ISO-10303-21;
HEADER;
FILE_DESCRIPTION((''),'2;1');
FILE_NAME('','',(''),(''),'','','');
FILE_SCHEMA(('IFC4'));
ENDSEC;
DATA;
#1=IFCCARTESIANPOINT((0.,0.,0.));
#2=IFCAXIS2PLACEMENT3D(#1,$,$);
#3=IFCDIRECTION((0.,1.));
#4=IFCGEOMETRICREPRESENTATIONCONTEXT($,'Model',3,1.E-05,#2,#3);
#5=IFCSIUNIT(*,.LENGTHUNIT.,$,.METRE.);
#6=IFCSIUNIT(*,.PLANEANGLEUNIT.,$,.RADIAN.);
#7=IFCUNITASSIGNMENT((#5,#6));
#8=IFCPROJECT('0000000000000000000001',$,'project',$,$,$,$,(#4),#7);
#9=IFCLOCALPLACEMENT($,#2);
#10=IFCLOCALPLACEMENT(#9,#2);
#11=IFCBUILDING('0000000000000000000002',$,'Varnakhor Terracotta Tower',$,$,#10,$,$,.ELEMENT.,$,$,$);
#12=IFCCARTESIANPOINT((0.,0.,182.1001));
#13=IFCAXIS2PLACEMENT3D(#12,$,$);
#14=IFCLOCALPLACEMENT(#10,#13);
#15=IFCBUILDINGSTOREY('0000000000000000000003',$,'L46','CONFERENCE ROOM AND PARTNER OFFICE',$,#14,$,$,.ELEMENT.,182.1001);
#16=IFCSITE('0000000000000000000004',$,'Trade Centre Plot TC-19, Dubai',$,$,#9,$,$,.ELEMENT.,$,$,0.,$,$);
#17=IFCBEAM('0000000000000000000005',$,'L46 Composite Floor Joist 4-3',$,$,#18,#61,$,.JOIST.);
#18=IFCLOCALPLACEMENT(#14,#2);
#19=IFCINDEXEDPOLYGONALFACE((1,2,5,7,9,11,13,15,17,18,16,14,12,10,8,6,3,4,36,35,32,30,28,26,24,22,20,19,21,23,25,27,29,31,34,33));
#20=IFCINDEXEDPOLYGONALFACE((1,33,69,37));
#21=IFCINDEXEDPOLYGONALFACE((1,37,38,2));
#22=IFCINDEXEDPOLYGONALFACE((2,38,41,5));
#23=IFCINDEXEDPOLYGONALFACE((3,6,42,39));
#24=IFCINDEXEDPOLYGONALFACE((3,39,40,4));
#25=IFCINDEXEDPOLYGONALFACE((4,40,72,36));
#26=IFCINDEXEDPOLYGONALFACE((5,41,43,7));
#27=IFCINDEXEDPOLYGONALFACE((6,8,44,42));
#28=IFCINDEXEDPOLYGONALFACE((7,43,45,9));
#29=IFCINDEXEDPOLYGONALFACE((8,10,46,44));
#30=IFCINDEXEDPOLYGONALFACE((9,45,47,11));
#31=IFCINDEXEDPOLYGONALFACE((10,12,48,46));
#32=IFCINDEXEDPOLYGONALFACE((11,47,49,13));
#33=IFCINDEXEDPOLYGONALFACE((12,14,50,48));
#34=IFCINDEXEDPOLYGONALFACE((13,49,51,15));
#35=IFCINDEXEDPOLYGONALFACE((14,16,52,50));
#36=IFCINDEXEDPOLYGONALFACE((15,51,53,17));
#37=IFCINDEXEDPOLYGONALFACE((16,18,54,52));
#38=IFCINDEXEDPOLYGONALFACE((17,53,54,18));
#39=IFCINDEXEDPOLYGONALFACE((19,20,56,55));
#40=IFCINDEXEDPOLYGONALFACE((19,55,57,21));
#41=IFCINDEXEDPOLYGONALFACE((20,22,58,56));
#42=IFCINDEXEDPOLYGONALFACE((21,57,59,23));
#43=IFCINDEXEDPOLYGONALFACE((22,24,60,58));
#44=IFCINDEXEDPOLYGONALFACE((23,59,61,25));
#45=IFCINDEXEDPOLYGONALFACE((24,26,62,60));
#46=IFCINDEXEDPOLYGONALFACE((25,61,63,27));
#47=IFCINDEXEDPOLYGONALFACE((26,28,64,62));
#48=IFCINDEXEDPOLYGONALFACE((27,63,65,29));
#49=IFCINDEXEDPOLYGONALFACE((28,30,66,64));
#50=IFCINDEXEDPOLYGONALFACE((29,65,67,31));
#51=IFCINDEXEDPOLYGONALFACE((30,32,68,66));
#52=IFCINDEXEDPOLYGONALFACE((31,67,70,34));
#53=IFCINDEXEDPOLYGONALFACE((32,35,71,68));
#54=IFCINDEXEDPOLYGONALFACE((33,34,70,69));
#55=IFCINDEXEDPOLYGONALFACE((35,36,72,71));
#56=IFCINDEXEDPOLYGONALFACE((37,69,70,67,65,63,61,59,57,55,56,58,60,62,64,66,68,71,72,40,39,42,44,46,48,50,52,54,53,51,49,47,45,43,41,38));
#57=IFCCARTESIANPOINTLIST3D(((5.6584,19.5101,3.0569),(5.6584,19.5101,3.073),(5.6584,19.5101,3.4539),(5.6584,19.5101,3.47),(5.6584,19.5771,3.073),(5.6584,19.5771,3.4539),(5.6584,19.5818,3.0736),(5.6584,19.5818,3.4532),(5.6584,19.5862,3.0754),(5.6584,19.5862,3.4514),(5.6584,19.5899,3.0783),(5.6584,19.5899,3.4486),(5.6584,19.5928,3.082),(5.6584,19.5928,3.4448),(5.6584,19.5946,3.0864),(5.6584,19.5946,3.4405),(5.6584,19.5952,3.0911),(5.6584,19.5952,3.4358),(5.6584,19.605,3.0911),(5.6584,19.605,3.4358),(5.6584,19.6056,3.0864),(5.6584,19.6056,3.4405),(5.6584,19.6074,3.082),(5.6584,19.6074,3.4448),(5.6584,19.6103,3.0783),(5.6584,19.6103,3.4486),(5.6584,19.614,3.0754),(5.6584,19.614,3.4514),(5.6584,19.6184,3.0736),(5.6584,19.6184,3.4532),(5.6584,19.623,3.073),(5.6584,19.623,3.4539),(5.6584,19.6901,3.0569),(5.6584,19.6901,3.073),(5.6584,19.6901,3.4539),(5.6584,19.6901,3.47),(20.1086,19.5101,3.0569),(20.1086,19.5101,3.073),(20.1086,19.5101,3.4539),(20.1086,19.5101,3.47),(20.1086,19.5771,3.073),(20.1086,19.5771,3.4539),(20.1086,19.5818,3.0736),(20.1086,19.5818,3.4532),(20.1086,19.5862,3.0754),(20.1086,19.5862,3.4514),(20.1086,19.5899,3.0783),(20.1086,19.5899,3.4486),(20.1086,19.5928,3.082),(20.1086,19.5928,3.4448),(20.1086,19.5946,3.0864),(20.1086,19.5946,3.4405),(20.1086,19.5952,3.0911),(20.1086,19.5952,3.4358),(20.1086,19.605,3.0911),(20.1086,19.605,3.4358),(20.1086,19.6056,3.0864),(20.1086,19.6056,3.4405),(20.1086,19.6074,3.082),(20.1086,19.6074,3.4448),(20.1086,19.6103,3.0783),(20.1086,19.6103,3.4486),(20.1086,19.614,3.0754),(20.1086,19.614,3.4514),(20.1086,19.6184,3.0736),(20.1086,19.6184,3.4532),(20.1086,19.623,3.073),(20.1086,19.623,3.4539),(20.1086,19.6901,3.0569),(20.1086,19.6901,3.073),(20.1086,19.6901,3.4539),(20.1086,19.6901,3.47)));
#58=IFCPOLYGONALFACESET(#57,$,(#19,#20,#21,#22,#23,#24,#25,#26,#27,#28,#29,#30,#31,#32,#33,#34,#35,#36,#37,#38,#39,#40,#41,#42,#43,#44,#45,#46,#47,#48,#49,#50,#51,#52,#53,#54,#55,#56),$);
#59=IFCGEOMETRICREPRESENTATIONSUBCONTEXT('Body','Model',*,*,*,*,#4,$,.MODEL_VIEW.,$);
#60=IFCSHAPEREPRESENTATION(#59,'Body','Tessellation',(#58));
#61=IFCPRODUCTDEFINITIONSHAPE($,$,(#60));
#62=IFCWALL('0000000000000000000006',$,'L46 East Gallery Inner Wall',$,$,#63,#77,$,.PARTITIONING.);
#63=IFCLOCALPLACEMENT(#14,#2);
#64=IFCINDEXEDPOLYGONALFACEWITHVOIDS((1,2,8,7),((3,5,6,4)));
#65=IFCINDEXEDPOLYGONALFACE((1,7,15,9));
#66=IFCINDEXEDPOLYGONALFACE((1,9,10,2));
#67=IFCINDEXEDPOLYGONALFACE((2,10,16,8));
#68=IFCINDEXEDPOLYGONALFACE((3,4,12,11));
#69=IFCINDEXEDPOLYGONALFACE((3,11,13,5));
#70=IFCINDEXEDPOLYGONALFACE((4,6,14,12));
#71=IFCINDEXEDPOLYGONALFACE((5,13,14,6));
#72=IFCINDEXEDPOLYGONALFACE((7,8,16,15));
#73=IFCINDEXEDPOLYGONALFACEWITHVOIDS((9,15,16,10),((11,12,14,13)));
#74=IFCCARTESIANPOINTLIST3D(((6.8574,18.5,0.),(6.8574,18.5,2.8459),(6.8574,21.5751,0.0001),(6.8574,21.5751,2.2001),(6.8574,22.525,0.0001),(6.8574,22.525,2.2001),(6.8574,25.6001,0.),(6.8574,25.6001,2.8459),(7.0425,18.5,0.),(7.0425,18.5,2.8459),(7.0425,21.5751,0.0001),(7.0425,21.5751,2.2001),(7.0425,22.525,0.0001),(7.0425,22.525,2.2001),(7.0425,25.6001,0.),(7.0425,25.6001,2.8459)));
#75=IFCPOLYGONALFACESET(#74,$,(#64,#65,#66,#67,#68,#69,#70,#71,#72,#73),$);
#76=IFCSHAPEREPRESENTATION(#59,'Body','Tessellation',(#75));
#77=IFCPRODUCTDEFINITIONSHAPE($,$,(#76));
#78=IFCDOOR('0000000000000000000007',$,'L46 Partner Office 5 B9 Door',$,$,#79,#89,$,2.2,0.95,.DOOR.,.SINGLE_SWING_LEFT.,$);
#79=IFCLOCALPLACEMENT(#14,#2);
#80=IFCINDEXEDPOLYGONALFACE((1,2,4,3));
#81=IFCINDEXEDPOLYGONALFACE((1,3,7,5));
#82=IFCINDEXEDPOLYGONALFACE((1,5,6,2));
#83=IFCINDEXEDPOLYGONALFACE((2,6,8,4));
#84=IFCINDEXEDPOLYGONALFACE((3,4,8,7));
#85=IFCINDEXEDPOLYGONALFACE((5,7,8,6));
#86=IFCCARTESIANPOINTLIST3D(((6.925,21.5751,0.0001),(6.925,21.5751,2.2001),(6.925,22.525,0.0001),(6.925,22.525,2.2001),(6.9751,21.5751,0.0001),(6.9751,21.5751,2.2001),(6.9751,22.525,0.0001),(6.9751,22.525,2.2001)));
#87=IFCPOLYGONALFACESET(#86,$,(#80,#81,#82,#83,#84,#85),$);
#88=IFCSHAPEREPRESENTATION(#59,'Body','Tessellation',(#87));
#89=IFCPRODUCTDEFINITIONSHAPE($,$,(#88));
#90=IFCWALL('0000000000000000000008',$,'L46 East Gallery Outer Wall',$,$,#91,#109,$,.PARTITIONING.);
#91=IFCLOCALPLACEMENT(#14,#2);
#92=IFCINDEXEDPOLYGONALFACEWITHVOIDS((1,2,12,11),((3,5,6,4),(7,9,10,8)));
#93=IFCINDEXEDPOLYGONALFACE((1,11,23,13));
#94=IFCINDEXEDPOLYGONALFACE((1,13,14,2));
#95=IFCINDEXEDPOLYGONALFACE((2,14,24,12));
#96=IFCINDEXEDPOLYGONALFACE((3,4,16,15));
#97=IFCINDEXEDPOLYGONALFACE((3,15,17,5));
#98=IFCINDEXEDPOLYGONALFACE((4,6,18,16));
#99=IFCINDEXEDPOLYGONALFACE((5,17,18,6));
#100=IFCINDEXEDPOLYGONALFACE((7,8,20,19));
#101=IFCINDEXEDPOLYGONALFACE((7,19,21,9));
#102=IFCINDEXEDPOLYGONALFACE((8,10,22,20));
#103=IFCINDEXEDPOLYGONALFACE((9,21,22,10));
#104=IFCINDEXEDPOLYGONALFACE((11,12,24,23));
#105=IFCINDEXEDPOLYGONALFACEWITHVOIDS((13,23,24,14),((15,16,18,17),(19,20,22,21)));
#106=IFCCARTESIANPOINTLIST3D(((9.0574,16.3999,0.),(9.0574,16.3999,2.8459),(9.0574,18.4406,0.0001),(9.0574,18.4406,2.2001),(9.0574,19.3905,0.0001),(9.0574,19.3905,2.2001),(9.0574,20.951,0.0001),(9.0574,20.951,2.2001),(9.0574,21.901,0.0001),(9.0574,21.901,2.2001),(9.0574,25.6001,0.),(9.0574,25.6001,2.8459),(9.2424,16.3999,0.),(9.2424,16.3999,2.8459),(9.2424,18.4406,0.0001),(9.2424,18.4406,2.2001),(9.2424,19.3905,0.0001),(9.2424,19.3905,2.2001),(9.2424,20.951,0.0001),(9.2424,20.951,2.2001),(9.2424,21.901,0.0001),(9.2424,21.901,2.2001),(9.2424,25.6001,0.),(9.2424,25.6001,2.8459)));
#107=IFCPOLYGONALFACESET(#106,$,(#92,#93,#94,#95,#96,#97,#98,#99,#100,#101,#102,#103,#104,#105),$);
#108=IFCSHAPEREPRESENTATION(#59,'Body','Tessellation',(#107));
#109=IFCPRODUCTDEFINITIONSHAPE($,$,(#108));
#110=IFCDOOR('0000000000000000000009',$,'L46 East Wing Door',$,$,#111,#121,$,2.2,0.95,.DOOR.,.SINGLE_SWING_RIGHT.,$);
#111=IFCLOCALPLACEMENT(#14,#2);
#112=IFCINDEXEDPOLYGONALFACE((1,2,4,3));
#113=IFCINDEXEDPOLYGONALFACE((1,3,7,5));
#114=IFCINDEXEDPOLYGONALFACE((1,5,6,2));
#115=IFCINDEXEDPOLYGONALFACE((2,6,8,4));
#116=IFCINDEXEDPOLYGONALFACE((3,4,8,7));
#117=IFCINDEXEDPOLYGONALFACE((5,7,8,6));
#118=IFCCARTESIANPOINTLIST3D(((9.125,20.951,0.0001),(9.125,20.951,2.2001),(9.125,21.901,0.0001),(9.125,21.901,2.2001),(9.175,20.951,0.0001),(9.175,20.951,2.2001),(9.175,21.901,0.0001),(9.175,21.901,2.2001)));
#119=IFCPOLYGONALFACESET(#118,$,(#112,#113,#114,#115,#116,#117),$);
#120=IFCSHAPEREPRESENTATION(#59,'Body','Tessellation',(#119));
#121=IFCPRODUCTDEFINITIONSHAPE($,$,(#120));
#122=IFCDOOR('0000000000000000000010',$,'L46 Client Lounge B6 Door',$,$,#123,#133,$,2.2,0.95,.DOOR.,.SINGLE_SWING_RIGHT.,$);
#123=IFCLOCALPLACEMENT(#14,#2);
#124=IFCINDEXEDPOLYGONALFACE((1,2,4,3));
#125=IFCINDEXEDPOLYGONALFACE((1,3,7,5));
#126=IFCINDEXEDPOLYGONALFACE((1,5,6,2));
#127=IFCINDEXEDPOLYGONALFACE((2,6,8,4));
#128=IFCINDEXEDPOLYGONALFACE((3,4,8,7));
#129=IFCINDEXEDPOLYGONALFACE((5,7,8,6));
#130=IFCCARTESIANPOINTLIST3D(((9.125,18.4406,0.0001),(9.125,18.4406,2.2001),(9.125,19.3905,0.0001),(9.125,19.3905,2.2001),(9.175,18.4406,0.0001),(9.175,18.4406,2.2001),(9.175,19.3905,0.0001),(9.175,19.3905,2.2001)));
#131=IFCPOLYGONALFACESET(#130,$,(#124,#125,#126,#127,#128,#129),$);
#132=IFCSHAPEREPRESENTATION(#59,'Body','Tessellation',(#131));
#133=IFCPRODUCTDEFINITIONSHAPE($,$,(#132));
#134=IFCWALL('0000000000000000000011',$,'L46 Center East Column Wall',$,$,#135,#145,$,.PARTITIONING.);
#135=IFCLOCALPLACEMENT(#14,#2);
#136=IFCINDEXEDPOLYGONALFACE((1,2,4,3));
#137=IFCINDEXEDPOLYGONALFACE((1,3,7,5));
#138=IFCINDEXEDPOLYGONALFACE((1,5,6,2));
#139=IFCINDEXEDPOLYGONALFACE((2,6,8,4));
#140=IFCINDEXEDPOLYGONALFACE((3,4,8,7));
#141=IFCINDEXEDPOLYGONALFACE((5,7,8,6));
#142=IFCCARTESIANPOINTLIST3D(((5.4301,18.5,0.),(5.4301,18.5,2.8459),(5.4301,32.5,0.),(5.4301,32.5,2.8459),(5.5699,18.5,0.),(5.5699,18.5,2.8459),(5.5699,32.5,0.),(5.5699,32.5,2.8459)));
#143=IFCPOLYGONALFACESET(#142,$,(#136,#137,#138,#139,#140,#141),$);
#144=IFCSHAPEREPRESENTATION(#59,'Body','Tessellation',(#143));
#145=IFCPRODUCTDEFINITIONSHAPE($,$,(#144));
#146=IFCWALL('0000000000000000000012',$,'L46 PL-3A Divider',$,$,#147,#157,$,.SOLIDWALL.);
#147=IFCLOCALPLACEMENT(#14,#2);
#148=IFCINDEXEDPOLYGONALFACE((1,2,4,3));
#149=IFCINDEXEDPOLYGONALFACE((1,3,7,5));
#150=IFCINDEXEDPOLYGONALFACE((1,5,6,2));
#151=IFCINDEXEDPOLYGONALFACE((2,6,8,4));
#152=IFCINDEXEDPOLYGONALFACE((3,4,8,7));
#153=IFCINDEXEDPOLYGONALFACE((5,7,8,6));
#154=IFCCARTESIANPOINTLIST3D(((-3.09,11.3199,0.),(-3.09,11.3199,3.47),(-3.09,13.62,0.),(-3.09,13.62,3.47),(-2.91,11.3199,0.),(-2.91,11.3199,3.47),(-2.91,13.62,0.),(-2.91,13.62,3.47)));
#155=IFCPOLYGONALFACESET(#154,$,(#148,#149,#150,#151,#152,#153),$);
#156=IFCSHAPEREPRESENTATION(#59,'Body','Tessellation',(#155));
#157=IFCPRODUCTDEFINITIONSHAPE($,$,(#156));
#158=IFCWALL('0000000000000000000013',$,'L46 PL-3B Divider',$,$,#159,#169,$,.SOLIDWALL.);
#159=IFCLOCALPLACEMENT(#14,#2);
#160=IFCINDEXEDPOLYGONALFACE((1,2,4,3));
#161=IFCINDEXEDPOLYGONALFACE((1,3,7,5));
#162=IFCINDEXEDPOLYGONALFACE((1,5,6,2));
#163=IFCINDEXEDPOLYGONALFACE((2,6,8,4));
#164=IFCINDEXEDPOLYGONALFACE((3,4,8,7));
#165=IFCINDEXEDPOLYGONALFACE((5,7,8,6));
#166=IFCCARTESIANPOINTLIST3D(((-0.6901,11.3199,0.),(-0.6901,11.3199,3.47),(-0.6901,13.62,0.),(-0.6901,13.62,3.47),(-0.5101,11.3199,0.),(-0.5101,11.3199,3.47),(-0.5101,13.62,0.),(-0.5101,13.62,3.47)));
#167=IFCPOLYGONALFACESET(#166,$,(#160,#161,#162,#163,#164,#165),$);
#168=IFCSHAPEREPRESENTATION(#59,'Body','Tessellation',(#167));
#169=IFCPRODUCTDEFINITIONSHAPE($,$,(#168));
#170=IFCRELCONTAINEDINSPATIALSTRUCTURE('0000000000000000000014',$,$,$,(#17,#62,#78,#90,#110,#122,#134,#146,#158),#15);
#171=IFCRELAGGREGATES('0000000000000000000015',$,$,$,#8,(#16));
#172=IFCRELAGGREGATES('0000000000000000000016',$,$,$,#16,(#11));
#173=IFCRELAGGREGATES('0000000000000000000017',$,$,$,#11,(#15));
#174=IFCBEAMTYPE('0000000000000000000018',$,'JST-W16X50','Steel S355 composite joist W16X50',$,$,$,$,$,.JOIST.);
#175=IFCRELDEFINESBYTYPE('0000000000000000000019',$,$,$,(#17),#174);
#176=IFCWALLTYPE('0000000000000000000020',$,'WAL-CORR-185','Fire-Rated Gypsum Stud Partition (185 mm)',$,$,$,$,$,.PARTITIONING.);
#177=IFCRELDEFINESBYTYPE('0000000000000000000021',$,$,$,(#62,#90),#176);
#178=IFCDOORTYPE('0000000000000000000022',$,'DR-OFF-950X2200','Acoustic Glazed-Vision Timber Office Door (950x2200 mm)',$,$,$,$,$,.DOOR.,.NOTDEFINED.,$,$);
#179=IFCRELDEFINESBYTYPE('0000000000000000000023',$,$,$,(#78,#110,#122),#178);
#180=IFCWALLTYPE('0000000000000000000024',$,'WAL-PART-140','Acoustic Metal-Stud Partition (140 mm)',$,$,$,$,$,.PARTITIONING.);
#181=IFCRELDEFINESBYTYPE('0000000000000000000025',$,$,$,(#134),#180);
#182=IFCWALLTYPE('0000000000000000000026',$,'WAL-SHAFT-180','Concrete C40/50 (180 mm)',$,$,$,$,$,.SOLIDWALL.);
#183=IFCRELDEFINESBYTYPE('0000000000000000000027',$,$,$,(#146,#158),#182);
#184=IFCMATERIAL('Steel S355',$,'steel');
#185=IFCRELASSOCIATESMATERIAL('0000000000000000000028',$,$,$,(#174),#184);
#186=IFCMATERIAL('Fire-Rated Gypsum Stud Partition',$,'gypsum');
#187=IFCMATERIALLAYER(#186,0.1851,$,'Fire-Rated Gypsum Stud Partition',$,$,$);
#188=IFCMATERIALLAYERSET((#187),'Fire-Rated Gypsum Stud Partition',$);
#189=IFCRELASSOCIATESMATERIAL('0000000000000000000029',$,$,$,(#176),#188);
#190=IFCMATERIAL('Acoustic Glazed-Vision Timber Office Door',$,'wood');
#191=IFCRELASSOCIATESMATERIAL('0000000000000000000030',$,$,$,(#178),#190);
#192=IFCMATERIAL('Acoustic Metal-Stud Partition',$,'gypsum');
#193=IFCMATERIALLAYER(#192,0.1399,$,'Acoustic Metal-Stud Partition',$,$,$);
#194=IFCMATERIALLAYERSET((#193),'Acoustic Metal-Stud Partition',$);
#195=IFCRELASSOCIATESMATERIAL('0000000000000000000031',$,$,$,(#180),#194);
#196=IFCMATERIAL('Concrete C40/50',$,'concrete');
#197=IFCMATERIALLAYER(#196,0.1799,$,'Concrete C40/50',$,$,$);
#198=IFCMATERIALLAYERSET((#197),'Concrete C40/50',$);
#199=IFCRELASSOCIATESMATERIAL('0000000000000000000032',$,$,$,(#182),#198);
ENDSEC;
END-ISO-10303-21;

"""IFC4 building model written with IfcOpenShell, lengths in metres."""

from ifc_helpers import new_model, si_unit, direction, frame, frame_2d, origin, origin_2d, place, context, subcontext, project, spatial, rectangle, i_section, extrude, source, transform, mapped, material, layer, layer_set, material_profile, profile_set, type_object, type_shapes, element, fill, save


model = new_model("IFC4")

# Units and contexts
model_context = context("Model", 3, precision=1e-05, world=origin(), true_north=direction((0.0, 1.0)))
body_context = subcontext(model_context, "Body", "Model", "MODEL_VIEW")
ifc_project = project(units=[si_unit("LENGTHUNIT", "METRE"), si_unit("PLANEANGLEUNIT", "RADIAN")], contexts=[model_context])

# Site, building, storey
site_placement = place(None, origin())
site = spatial("IfcSite", under=ifc_project, at=site_placement, Name="Trade Centre Plot TC-19, Dubai", CompositionType="ELEMENT", RefElevation=0.0)
building_placement = place(site_placement, origin())
building = spatial("IfcBuilding", under=site, at=building_placement, Name="Varnakhor Terracotta Tower", CompositionType="ELEMENT")
storey_placement = place(building_placement, frame((0.0, 0.0, 182.1001)))
storey = spatial("IfcBuildingStorey", under=building, at=storey_placement, Name="L46", Description="CONFERENCE ROOM AND PARTNER OFFICE", CompositionType="ELEMENT", Elevation=182.1001)

# Beam
ifc_material_1 = material(Name="Steel S355", Category="steel")
ifc_material_profile_1 = material_profile(ifc_material_1, i_section(OverallWidth=0.1799, OverallDepth=0.4131, WebThickness=0.0098, FlangeThickness=0.0161, FilletRadius=0.0181, at=origin_2d()), Name="W16X50")
ifc_profile_set_1 = profile_set([ifc_material_profile_1], Name="Steel S355")
beam_type_1 = type_object("IfcBeamType", Name="JST-W16X50", Description="Steel S355 composite joist W16X50", PredefinedType="JOIST", material=ifc_profile_set_1)
shared_shape_1 = source(origin(), body_context, "Body", "SweptSolid", [
    extrude(i_section(OverallWidth=0.1799, OverallDepth=0.4131, WebThickness=0.0098, FlangeThickness=0.0161, FilletRadius=0.0181, at=origin_2d()), origin(), (0.0, 0.0, 1.0), 14.4502),
])
beam_1_placement = place(storey_placement, frame((5.6584, 19.6001, 3.2634), z_axis=(1.0, 0.0, 0.0), x_axis=(0.0, 1.0, 0.0)))
element("IfcBeam", 1, at=beam_1_placement, inside=storey, type_object=beam_type_1, Name="L46 Composite Floor Joist 4-3", PredefinedType="JOIST", context=body_context, shape_type="MappedRepresentation", body=[
    mapped(shared_shape_1, transform((0.0, 0.0, 0.0), scale=1.0)),
])

# Wall, opening, door
ifc_material_2 = material(Name="Fire-Rated Gypsum Stud Partition", Category="gypsum")
ifc_layer_1 = layer(ifc_material_2, 0.1851, Name="Fire-Rated Gypsum Stud Partition")
ifc_layer_set_1 = layer_set([ifc_layer_1], Name="Fire-Rated Gypsum Stud Partition")
wall_type_1 = type_object("IfcWallType", Name="WAL-CORR-185", Description="Fire-Rated Gypsum Stud Partition (185 mm)", PredefinedType="PARTITIONING", material=ifc_layer_set_1)
wall_1_placement = place(storey_placement, frame((6.95, 18.5, 0.0), z_axis=(0.0, 0.0, 1.0), x_axis=(0.0, 1.0, 0.0)))
wall_1 = element("IfcWall", 2, at=wall_1_placement, inside=storey, type_object=wall_type_1, Name="L46 East Gallery Inner Wall", PredefinedType="PARTITIONING", context=body_context, shape_type="SweptSolid", body=[
    extrude(rectangle(XDim=7.1001, YDim=0.1851, at=frame_2d((3.55, 0.0))), origin(), (0.0, 0.0, 1.0), 2.8459),
])
opening_1_placement = place(wall_1_placement, frame((3.075, 0.0, 0.0)))
opening_1 = element("IfcOpeningElement", 3, at=opening_1_placement, cuts=wall_1, PredefinedType="OPENING", context=body_context, shape_type="SweptSolid", body=[
    extrude(rectangle(XDim=0.95, YDim=2.2, at=frame_2d((0.4751, 1.1001))), frame((0.0, 0.1025, 0.0), z_axis=(0.0, -1.0, 0.0), x_axis=(1.0, 0.0, 0.0)), (0.0, 0.0, 1.0), 0.2051),
])
ifc_material_3 = material(Name="Acoustic Glazed-Vision Timber Office Door", Category="wood")
door_type_1 = type_object("IfcDoorType", Name="DR-OFF-950X2200", Description="Acoustic Glazed-Vision Timber Office Door (950x2200 mm)", OperationType="NOTDEFINED", PredefinedType="DOOR", material=ifc_material_3)
shared_shape_2 = source(origin(), body_context, "Body", "SweptSolid", [
    extrude(rectangle(XDim=0.95, YDim=2.2, at=frame_2d((0.4751, 1.1001))), frame((0.0, 0.0249, 0.0), z_axis=(0.0, -1.0, 0.0), x_axis=(1.0, 0.0, 0.0)), (0.0, 0.0, 1.0), 0.05),
])
type_shapes(door_type_1, [shared_shape_2])
door_1_placement = place(opening_1_placement, origin())
door_1 = element("IfcDoor", 4, at=door_1_placement, inside=storey, type_object=door_type_1, Name="L46 Partner Office 5 B9 Door", OperationType="SINGLE_SWING_LEFT", OverallHeight=2.2, OverallWidth=0.95, PredefinedType="DOOR", context=body_context, shape_type="MappedRepresentation", body=[
    mapped(shared_shape_2, transform((0.0, 0.0, 0.0), scale=1.0)),
])
fill(opening_1, door_1)

# Wall, openings, doors
wall_2_placement = place(storey_placement, frame((9.1499, 16.3999, 0.0), z_axis=(0.0, 0.0, 1.0), x_axis=(0.0, 1.0, 0.0)))
wall_2 = element("IfcWall", 5, at=wall_2_placement, inside=storey, type_object=wall_type_1, Name="L46 East Gallery Outer Wall", PredefinedType="PARTITIONING", context=body_context, shape_type="SweptSolid", body=[
    extrude(rectangle(XDim=9.2002, YDim=0.1851, at=frame_2d((4.6001, 0.0))), origin(), (0.0, 0.0, 1.0), 2.8459),
])
opening_2_placement = place(wall_2_placement, frame((4.551, 0.0, 0.0)))
opening_2 = element("IfcOpeningElement", 6, at=opening_2_placement, cuts=wall_2, PredefinedType="OPENING", context=body_context, shape_type="SweptSolid", body=[
    extrude(rectangle(XDim=0.95, YDim=2.2, at=frame_2d((0.4751, 1.1001))), frame((0.0, 0.1025, 0.0), z_axis=(0.0, -1.0, 0.0), x_axis=(1.0, 0.0, 0.0)), (0.0, 0.0, 1.0), 0.2051),
])
opening_3_placement = place(wall_2_placement, frame((2.0405, 0.0, 0.0)))
opening_3 = element("IfcOpeningElement", 7, at=opening_3_placement, cuts=wall_2, PredefinedType="OPENING", context=body_context, shape_type="SweptSolid", body=[
    extrude(rectangle(XDim=0.95, YDim=2.2, at=frame_2d((0.4751, 1.1001))), frame((0.0, 0.1025, 0.0), z_axis=(0.0, -1.0, 0.0), x_axis=(1.0, 0.0, 0.0)), (0.0, 0.0, 1.0), 0.2051),
])
door_2_placement = place(opening_2_placement, origin())
door_2 = element("IfcDoor", 8, at=door_2_placement, inside=storey, type_object=door_type_1, Name="L46 East Wing Door", OperationType="SINGLE_SWING_RIGHT", OverallHeight=2.2, OverallWidth=0.95, PredefinedType="DOOR", context=body_context, shape_type="MappedRepresentation", body=[
    mapped(shared_shape_2, transform((0.0, 0.0, 0.0), scale=1.0)),
])
fill(opening_2, door_2)
door_3_placement = place(opening_3_placement, origin())
door_3 = element("IfcDoor", 9, at=door_3_placement, inside=storey, type_object=door_type_1, Name="L46 Client Lounge B6 Door", OperationType="SINGLE_SWING_RIGHT", OverallHeight=2.2, OverallWidth=0.95, PredefinedType="DOOR", context=body_context, shape_type="MappedRepresentation", body=[
    mapped(shared_shape_2, transform((0.0, 0.0, 0.0), scale=1.0)),
])
fill(opening_3, door_3)

# Walls
ifc_material_4 = material(Name="Acoustic Metal-Stud Partition", Category="gypsum")
ifc_layer_2 = layer(ifc_material_4, 0.1399, Name="Acoustic Metal-Stud Partition")
ifc_layer_set_2 = layer_set([ifc_layer_2], Name="Acoustic Metal-Stud Partition")
wall_type_2 = type_object("IfcWallType", Name="WAL-PART-140", Description="Acoustic Metal-Stud Partition (140 mm)", PredefinedType="PARTITIONING", material=ifc_layer_set_2)
wall_3_placement = place(storey_placement, frame((5.5, 18.5, 0.0), z_axis=(0.0, 0.0, 1.0), x_axis=(0.0, 1.0, 0.0)))
element("IfcWall", 10, at=wall_3_placement, inside=storey, type_object=wall_type_2, Name="L46 Center East Column Wall", PredefinedType="PARTITIONING", context=body_context, shape_type="SweptSolid", body=[
    extrude(rectangle(XDim=14.0, YDim=0.1399, at=frame_2d((7.0, 0.0))), origin(), (0.0, 0.0, 1.0), 2.8459),
])
ifc_material_5 = material(Name="Concrete C40/50", Category="concrete")
ifc_layer_3 = layer(ifc_material_5, 0.1799, Name="Concrete C40/50")
ifc_layer_set_3 = layer_set([ifc_layer_3], Name="Concrete C40/50")
wall_type_3 = type_object("IfcWallType", Name="WAL-SHAFT-180", Description="Concrete C40/50 (180 mm)", PredefinedType="SOLIDWALL", material=ifc_layer_set_3)
for number, where, z_axis, x_axis, name in (
    (11, (-3.0, 11.3201, 0.0), (0.0, 0.0, 1.0), (0.0, 1.0, 0.0), "L46 PL-3A Divider"),
    (12, (-0.6001, 11.3201, 0.0), (0.0, 0.0, 1.0), (0.0, 1.0, 0.0), "L46 PL-3B Divider"),
):
    element("IfcWall", number, at=place(storey_placement, frame(where, z_axis=z_axis, x_axis=x_axis)), inside=storey, type_object=wall_type_3, Name=name, PredefinedType="SOLIDWALL", context=body_context, shape_type="SweptSolid", body=[
        extrude(rectangle(XDim=2.3, YDim=0.1799, at=frame_2d((1.1499, 0.0))), origin(), (0.0, 0.0, 1.0), 3.47),
    ])

save(model, "model.ifc")
